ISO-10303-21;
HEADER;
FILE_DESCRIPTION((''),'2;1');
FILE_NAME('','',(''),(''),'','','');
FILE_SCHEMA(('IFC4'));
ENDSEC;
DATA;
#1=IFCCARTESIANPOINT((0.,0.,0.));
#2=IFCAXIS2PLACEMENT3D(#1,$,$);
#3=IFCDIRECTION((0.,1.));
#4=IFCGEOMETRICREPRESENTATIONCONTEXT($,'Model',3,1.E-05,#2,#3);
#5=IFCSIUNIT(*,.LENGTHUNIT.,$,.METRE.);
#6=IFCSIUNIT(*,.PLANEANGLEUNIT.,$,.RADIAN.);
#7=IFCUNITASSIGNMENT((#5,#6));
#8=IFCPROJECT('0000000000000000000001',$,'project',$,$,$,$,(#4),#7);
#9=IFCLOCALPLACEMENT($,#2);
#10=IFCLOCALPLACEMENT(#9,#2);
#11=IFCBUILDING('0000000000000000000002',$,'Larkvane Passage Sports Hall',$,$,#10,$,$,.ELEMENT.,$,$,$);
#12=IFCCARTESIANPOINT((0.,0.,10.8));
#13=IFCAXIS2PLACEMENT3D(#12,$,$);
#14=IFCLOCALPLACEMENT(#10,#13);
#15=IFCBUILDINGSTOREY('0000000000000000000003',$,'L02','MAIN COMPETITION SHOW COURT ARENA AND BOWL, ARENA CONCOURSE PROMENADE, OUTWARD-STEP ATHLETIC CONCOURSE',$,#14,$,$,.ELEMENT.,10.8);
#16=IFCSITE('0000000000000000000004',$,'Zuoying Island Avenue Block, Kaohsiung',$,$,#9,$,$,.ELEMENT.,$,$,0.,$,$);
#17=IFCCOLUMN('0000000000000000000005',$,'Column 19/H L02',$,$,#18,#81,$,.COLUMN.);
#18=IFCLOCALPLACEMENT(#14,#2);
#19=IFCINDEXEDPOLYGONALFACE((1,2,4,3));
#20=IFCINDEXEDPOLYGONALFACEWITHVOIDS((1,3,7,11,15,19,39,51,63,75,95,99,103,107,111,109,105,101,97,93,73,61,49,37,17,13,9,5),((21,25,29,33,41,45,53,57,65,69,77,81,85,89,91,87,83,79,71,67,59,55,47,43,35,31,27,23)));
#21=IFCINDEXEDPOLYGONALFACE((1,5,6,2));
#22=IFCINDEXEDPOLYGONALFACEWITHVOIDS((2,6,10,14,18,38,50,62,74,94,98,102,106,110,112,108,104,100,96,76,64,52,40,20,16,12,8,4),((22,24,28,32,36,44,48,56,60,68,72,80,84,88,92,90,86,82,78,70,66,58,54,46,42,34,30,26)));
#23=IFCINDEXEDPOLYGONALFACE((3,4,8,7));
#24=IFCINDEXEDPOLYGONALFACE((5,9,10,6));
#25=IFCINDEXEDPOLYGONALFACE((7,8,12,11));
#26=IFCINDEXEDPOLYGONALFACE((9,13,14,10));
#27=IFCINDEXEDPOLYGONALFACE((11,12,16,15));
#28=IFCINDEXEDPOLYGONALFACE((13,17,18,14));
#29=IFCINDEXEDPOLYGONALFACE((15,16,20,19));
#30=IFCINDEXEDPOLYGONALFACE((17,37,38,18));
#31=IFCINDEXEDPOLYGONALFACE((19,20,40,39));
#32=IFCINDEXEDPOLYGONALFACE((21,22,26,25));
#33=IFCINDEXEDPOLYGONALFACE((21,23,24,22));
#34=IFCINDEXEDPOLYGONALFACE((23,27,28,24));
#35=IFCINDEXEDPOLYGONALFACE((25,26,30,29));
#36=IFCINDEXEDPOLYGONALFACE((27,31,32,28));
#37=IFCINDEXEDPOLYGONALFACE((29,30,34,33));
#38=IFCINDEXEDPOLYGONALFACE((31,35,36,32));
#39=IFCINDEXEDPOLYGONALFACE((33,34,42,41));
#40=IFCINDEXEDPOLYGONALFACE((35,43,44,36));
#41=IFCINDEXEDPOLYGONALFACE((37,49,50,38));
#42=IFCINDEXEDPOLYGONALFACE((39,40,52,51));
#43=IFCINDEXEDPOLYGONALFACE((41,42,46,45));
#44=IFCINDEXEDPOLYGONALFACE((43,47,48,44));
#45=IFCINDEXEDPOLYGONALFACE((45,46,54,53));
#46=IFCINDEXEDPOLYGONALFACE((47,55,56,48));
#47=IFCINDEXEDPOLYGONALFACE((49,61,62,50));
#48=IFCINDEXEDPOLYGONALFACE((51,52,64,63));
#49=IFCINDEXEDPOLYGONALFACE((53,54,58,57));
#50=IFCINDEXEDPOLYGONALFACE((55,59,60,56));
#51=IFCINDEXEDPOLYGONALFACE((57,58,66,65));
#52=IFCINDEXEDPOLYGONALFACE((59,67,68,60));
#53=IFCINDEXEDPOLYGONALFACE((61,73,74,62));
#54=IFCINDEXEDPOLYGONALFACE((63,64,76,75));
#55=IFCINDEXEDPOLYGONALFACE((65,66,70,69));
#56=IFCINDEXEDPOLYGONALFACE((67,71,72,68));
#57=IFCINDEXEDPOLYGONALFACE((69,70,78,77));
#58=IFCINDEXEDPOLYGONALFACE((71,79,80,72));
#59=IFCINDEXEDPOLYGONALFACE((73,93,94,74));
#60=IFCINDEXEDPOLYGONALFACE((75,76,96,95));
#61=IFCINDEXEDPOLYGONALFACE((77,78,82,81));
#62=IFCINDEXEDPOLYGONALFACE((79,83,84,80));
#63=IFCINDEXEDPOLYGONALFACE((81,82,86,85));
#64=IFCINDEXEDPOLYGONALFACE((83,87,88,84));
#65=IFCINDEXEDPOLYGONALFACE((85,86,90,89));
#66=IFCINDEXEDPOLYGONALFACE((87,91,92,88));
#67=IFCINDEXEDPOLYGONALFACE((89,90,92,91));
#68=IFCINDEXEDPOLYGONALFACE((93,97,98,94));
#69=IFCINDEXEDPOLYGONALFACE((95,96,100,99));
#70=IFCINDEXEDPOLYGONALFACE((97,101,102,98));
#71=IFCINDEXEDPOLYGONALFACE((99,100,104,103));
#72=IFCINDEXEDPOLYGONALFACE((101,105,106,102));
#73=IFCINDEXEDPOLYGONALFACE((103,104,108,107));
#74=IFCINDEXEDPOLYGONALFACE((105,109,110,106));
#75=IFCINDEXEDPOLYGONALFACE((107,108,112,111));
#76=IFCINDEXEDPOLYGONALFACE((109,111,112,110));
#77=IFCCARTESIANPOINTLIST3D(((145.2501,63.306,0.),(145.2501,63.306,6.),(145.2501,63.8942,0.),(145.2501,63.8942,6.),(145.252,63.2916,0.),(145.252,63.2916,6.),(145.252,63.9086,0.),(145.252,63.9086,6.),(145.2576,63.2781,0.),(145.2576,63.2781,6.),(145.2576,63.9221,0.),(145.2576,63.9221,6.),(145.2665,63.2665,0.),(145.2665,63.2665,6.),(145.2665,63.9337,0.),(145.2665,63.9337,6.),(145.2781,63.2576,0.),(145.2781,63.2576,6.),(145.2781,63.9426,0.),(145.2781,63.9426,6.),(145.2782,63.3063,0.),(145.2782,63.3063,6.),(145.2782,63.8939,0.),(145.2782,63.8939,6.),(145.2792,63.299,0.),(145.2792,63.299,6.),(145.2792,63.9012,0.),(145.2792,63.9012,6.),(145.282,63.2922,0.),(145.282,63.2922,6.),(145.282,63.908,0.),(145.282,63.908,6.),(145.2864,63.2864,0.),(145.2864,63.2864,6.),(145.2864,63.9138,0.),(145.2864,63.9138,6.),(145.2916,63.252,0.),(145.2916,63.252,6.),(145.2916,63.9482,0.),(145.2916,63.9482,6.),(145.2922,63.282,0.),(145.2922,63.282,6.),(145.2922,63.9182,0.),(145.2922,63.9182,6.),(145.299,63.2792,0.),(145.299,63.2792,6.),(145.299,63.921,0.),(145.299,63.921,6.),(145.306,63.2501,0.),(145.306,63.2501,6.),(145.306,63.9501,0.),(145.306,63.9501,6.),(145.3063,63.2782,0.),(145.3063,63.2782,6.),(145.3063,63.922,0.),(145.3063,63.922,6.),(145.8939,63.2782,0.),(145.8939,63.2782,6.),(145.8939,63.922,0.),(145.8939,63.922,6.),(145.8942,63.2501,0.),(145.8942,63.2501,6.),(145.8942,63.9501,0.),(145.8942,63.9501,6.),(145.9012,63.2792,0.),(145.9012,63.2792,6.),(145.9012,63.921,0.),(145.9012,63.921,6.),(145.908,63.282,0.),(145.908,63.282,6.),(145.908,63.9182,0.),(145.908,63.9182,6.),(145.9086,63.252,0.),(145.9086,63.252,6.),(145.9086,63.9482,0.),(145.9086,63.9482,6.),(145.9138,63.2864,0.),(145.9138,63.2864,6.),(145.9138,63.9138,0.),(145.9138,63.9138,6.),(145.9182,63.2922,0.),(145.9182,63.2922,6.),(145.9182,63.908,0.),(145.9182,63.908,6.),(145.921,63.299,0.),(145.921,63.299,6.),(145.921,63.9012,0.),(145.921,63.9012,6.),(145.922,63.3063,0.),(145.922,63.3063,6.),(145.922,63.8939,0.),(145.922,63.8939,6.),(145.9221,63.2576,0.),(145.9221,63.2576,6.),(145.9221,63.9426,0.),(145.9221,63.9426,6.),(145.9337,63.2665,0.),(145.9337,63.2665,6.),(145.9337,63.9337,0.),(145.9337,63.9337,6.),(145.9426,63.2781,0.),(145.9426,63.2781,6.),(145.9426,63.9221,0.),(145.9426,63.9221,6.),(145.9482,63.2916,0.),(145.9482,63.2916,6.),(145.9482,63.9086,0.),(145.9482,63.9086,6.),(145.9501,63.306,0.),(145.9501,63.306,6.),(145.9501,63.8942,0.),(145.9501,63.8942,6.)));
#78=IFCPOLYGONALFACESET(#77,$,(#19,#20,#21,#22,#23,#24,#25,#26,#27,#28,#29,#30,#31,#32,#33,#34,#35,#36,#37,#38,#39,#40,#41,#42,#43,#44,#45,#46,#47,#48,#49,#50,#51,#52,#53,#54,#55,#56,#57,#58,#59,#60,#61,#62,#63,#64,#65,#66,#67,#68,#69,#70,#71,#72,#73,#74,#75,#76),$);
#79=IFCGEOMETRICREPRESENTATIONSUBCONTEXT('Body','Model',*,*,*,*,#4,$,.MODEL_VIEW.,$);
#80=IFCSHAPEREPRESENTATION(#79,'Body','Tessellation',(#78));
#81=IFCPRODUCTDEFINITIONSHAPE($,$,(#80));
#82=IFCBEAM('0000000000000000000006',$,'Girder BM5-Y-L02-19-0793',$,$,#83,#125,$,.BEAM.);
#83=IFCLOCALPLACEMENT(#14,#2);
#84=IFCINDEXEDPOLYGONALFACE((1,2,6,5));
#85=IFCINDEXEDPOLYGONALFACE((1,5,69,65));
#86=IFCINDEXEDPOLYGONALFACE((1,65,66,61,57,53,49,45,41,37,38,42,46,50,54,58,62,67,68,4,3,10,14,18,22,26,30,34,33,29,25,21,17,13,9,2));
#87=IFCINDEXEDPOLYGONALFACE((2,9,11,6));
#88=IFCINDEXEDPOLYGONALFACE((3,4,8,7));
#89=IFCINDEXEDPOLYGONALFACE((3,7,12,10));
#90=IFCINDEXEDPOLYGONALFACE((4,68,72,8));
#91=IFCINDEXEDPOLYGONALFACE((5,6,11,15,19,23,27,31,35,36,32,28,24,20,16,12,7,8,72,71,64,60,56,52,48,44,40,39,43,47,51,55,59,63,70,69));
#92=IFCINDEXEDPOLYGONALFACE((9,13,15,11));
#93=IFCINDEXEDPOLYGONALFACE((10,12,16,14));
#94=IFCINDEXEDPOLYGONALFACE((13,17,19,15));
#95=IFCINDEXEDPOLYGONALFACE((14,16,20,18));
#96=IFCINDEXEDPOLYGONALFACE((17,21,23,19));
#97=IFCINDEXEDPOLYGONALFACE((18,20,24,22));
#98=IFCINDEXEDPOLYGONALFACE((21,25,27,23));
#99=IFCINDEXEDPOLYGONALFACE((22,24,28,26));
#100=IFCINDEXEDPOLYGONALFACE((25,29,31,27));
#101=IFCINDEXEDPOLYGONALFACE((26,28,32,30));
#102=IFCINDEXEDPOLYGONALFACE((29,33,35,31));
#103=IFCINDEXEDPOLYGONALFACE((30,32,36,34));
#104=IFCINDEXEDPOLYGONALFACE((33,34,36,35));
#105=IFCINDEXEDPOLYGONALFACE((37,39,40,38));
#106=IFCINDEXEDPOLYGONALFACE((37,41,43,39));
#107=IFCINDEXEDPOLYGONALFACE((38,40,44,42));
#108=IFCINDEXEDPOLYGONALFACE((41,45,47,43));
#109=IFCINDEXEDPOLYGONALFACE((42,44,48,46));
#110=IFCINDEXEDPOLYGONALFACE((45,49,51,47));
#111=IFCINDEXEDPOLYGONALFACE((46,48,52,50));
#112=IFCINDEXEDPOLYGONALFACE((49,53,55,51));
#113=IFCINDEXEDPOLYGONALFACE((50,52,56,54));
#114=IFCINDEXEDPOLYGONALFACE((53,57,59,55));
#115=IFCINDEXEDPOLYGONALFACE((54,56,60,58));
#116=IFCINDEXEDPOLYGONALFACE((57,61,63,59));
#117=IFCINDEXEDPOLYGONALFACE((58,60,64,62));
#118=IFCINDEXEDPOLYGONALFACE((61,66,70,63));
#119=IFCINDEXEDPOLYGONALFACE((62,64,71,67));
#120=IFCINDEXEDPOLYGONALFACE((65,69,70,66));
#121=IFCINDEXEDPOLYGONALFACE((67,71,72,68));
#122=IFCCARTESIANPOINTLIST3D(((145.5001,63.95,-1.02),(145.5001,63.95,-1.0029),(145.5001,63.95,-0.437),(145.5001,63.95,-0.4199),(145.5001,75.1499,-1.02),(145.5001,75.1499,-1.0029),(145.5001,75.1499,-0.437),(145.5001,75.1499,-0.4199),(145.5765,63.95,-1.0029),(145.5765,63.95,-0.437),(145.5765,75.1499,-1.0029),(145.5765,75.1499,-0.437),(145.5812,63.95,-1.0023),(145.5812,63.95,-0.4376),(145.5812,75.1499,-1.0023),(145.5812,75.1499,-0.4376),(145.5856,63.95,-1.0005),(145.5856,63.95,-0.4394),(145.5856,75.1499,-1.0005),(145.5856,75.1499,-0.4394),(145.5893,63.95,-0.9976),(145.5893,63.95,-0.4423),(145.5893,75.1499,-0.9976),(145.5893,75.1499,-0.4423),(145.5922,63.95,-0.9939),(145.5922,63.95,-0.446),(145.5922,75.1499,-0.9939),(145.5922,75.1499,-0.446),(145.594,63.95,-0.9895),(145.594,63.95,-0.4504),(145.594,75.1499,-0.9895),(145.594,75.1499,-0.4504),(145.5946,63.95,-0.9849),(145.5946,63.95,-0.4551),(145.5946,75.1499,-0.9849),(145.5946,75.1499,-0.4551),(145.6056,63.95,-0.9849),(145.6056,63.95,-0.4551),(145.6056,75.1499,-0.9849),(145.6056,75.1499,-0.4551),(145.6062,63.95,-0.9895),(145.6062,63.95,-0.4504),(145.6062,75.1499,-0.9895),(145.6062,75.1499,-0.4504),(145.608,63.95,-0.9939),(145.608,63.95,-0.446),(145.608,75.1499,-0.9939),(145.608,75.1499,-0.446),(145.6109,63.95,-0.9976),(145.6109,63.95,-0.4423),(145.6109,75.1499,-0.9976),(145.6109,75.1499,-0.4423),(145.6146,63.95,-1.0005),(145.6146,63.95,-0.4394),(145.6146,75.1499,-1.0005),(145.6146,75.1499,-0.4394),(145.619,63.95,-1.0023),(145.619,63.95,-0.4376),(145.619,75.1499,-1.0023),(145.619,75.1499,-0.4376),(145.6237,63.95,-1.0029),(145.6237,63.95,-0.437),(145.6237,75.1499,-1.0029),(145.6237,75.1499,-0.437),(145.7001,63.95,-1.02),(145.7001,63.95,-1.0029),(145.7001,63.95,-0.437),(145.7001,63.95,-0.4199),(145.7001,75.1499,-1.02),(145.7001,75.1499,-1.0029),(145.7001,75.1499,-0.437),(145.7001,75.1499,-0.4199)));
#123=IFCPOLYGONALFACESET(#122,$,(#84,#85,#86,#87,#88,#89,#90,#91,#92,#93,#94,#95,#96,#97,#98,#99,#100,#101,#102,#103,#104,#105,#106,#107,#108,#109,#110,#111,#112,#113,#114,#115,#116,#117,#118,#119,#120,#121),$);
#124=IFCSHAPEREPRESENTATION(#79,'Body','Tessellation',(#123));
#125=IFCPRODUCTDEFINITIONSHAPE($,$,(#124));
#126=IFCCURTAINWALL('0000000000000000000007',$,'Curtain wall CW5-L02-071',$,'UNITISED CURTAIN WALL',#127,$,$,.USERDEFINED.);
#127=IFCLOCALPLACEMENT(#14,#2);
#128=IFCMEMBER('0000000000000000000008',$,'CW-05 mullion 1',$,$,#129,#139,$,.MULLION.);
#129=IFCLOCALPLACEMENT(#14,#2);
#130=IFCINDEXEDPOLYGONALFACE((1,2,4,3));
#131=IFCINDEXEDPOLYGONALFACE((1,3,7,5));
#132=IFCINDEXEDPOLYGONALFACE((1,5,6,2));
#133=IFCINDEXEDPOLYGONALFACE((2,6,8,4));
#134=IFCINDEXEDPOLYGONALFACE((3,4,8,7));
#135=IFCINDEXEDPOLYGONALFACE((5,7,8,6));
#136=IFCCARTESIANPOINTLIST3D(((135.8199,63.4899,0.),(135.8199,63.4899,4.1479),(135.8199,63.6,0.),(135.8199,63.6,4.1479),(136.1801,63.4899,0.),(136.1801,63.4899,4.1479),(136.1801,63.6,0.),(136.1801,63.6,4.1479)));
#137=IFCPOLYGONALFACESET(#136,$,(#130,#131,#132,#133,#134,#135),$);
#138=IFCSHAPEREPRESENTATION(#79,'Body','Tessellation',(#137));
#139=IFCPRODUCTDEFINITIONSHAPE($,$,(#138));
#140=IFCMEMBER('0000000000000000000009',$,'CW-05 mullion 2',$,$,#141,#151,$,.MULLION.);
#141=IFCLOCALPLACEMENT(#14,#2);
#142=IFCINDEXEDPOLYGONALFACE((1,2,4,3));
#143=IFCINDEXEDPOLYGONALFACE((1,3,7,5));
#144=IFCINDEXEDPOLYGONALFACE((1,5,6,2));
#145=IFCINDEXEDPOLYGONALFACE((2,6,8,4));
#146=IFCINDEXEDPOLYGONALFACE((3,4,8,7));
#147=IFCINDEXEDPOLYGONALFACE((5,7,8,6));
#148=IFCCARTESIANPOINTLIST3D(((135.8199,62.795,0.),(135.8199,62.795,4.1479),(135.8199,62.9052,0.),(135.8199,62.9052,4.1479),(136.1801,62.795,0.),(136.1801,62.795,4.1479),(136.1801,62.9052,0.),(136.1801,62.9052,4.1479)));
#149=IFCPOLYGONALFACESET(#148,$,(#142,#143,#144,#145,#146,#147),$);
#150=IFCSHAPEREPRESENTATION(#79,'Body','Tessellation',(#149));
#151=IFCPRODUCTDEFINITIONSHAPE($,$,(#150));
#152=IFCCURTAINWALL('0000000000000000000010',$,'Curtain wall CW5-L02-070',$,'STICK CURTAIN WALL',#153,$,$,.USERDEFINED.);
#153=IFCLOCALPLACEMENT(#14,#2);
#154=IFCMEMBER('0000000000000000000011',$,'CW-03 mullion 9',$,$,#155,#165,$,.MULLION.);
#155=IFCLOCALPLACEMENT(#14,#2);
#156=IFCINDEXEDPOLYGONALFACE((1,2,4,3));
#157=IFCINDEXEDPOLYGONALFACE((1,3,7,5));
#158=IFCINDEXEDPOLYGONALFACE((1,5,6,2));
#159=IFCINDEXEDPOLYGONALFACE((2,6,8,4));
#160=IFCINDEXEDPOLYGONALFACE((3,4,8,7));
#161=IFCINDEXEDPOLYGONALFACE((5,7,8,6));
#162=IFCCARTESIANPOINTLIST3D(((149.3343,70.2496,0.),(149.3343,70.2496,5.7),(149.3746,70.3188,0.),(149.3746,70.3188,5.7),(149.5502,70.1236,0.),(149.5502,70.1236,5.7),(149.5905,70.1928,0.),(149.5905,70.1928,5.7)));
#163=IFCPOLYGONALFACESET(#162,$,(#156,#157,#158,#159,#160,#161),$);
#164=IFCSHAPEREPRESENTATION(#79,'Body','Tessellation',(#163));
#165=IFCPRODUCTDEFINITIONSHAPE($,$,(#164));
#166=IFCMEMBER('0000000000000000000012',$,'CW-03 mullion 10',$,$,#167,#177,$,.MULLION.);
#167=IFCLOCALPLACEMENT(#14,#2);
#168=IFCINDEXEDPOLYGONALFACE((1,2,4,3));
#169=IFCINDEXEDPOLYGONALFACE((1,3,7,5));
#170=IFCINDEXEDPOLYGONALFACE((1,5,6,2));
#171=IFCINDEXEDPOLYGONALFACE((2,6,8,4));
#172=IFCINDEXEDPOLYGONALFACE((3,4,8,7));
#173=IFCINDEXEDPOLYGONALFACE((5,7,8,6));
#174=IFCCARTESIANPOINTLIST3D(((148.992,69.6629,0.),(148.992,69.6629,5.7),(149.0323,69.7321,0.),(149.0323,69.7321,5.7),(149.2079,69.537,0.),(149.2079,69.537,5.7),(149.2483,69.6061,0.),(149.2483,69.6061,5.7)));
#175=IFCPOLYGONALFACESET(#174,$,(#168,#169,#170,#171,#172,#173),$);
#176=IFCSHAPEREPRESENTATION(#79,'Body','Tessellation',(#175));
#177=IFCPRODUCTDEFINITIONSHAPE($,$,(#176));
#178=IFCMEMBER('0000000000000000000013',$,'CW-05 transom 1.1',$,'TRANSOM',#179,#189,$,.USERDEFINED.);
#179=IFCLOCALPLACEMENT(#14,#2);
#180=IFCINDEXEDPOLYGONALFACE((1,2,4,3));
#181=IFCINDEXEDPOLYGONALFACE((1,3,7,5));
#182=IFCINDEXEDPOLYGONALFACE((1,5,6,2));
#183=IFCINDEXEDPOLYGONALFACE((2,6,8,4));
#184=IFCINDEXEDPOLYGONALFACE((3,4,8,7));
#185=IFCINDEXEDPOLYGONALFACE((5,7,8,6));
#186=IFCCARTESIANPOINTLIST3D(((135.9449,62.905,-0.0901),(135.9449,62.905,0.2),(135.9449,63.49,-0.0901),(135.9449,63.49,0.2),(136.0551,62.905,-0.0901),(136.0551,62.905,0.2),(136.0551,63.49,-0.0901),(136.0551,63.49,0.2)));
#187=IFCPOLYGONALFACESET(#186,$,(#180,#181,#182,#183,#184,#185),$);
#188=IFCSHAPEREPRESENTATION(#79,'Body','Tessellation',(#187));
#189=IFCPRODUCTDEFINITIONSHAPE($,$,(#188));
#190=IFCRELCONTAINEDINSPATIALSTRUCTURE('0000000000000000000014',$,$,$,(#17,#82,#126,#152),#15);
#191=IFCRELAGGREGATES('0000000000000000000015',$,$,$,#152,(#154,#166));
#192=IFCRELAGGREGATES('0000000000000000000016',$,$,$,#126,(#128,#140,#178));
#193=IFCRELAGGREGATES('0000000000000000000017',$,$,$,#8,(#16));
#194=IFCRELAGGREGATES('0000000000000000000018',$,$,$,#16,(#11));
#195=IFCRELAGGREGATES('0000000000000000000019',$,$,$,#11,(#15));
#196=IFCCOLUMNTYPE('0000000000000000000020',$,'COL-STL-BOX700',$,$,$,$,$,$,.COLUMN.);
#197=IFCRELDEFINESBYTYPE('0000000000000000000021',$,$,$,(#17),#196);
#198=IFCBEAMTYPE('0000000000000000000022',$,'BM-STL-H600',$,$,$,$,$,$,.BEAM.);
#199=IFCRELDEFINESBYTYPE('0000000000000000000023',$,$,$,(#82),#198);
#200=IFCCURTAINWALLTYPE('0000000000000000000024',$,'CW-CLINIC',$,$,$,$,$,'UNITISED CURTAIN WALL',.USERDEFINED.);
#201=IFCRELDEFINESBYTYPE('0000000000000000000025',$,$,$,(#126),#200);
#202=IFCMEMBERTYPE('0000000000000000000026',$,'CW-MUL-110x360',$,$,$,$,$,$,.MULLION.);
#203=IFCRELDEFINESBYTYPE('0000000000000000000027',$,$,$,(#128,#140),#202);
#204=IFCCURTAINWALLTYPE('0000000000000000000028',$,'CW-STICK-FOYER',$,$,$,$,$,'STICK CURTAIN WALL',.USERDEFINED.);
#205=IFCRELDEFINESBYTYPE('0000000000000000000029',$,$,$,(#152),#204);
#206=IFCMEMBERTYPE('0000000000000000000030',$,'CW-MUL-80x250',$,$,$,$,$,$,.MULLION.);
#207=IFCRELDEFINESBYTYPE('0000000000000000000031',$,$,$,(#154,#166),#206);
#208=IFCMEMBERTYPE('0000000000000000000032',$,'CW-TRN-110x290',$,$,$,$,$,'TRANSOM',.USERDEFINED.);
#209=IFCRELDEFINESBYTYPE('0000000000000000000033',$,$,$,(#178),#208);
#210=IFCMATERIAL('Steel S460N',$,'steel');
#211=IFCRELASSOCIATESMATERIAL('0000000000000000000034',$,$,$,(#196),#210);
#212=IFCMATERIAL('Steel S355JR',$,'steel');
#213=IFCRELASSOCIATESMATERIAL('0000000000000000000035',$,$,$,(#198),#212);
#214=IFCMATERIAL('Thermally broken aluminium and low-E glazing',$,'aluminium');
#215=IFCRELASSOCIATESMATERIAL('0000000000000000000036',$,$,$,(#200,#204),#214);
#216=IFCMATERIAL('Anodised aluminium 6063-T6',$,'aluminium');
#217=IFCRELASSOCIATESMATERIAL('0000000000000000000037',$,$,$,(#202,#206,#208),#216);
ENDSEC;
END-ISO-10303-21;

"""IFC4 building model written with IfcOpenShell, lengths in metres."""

from ifc_helpers import new_model, si_unit, direction, frame, origin, origin_2d, place, context, subcontext, project, spatial, rectangle, hollow_rectangle, i_section, extrude, material, material_profile, profile_set, type_object, element, aggregate, save


model = new_model("IFC4")

# Units and contexts
model_context = context("Model", 3, precision=1e-05, world=origin(), true_north=direction((0.0, 1.0)))
body_context = subcontext(model_context, "Body", "Model", "MODEL_VIEW")
ifc_project = project(units=[si_unit("LENGTHUNIT", "METRE"), si_unit("PLANEANGLEUNIT", "RADIAN")], contexts=[model_context])

# Site, building, storey
site_placement = place(None, origin())
site = spatial("IfcSite", under=ifc_project, at=site_placement, Name="Zuoying Island Avenue Block, Kaohsiung", CompositionType="ELEMENT", RefElevation=0.0)
building_placement = place(site_placement, origin())
building = spatial("IfcBuilding", under=site, at=building_placement, Name="Larkvane Passage Sports Hall", CompositionType="ELEMENT")
storey_placement = place(building_placement, frame((0.0, 0.0, 10.8)))
storey = spatial("IfcBuildingStorey", under=building, at=storey_placement, Name="L02", Description="MAIN COMPETITION SHOW COURT ARENA AND BOWL, ARENA CONCOURSE PROMENADE, OUTWARD-STEP ATHLETIC CONCOURSE", CompositionType="ELEMENT", Elevation=10.8)

# Column
ifc_material_1 = material(Name="Steel S460N", Category="steel")
ifc_material_profile_1 = material_profile(ifc_material_1, hollow_rectangle(XDim=0.7, YDim=0.7, WallThickness=0.0281, InnerFilletRadius=0.0281, OuterFilletRadius=0.0559, at=origin_2d()), Name="BOX-700x700x28")
ifc_profile_set_1 = profile_set([ifc_material_profile_1], Name="Steel S460N")
column_type = type_object("IfcColumnType", Name="COL-STL-BOX700", PredefinedType="COLUMN", material=ifc_profile_set_1)
column_placement = place(storey_placement, frame((145.6001, 63.6001, 0.0), z_axis=(0.0, 0.0, 1.0), x_axis=(1.0, 0.0, 0.0)))
element("IfcColumn", 1, at=column_placement, inside=storey, type_object=column_type, Name="Column 19/H L02", PredefinedType="COLUMN", context=body_context, shape_type="SweptSolid", body=[
    extrude(hollow_rectangle(XDim=0.7, YDim=0.7, WallThickness=0.0281, InnerFilletRadius=0.0281, OuterFilletRadius=0.0559, at=origin_2d()), origin(), (0.0, 0.0, 1.0), 6.0),
])

# Beam
ifc_material_2 = material(Name="Steel S355JR", Category="steel")
ifc_material_profile_2 = material_profile(ifc_material_2, i_section(OverallWidth=0.2, OverallDepth=0.6001, WebThickness=0.011, FlangeThickness=0.0171, FilletRadius=0.0181, at=origin_2d()), Name="H-600x200x11x17")
ifc_profile_set_2 = profile_set([ifc_material_profile_2], Name="Steel S355JR")
beam_type = type_object("IfcBeamType", Name="BM-STL-H600", PredefinedType="BEAM", material=ifc_profile_set_2)
beam_placement = place(storey_placement, frame((145.6001, 63.95, -0.72), z_axis=(0.0, 1.0, 0.0), x_axis=(-1.0, 0.0, 0.0)))
element("IfcBeam", 2, at=beam_placement, inside=storey, type_object=beam_type, Name="Girder BM5-Y-L02-19-0793", PredefinedType="BEAM", context=body_context, shape_type="SweptSolid", body=[
    extrude(i_section(OverallWidth=0.2, OverallDepth=0.6001, WebThickness=0.011, FlangeThickness=0.0171, FilletRadius=0.0181, at=origin_2d()), origin(), (0.0, 0.0, 1.0), 11.2),
])

# Curtain walls, members
ifc_material_3 = material(Name="Thermally broken aluminium and low-E glazing", Category="aluminium")
curtain_wall_type_1 = type_object("IfcCurtainWallType", Name="CW-CLINIC", ElementType="UNITISED CURTAIN WALL", PredefinedType="USERDEFINED", material=ifc_material_3)
curtain_wall_1_placement = place(storey_placement, origin())
curtain_wall_1 = element("IfcCurtainWall", 3, at=curtain_wall_1_placement, inside=storey, type_object=curtain_wall_type_1, Name="Curtain wall CW5-L02-071", ObjectType="UNITISED CURTAIN WALL", PredefinedType="USERDEFINED")
ifc_material_4 = material(Name="Anodised aluminium 6063-T6", Category="aluminium")
ifc_material_profile_3 = material_profile(ifc_material_4, rectangle(XDim=0.1101, YDim=0.3601, at=origin_2d()), Name="ALU-MUL-110x360")
ifc_profile_set_3 = profile_set([ifc_material_profile_3], Name="Anodised aluminium 6063-T6")
member_type_1 = type_object("IfcMemberType", Name="CW-MUL-110x360", PredefinedType="MULLION", material=ifc_profile_set_3)
member_1_placement = place(storey_placement, frame((136.0, 63.5449, 0.0), z_axis=(0.0, 0.0, 1.0), x_axis=(0.0, -1.0, 0.0)))
member_1 = element("IfcMember", 4, at=member_1_placement, type_object=member_type_1, Name="CW-05 mullion 1", PredefinedType="MULLION", context=body_context, shape_type="SweptSolid", body=[
    extrude(rectangle(XDim=0.1101, YDim=0.3601, at=origin_2d()), origin(), (0.0, 0.0, 1.0), 4.1479),
])
member_2_placement = place(storey_placement, frame((136.0, 62.8501, 0.0), z_axis=(0.0, 0.0, 1.0), x_axis=(0.0, -1.0, 0.0)))
member_2 = element("IfcMember", 5, at=member_2_placement, type_object=member_type_1, Name="CW-05 mullion 2", PredefinedType="MULLION", context=body_context, shape_type="SweptSolid", body=[
    extrude(rectangle(XDim=0.1101, YDim=0.3601, at=origin_2d()), origin(), (0.0, 0.0, 1.0), 4.1479),
])
curtain_wall_type_2 = type_object("IfcCurtainWallType", Name="CW-STICK-FOYER", ElementType="STICK CURTAIN WALL", PredefinedType="USERDEFINED", material=ifc_material_3)
curtain_wall_2_placement = place(storey_placement, origin())
curtain_wall_2 = element("IfcCurtainWall", 6, at=curtain_wall_2_placement, inside=storey, type_object=curtain_wall_type_2, Name="Curtain wall CW5-L02-070", ObjectType="STICK CURTAIN WALL", PredefinedType="USERDEFINED")
ifc_material_profile_4 = material_profile(ifc_material_4, rectangle(XDim=0.0801, YDim=0.25, at=origin_2d()), Name="ALU-MUL-80x250")
ifc_profile_set_4 = profile_set([ifc_material_profile_4], Name="Anodised aluminium 6063-T6")
member_type_2 = type_object("IfcMemberType", Name="CW-MUL-80x250", PredefinedType="MULLION", material=ifc_profile_set_4)
member_3_placement = place(storey_placement, frame((149.4624, 70.2212, 0.0), z_axis=(0.0, 0.0, 1.0), x_axis=(-0.503867, -0.863781, 0.0)))
member_3 = element("IfcMember", 7, at=member_3_placement, type_object=member_type_2, Name="CW-03 mullion 9", PredefinedType="MULLION", context=body_context, shape_type="SweptSolid", body=[
    extrude(rectangle(XDim=0.0801, YDim=0.25, at=origin_2d()), origin(), (0.0, 0.0, 1.0), 5.7),
])
member_4_placement = place(storey_placement, frame((149.1201, 69.6345, 0.0), z_axis=(0.0, 0.0, 1.0), x_axis=(-0.503867, -0.863781, 0.0)))
member_4 = element("IfcMember", 8, at=member_4_placement, type_object=member_type_2, Name="CW-03 mullion 10", PredefinedType="MULLION", context=body_context, shape_type="SweptSolid", body=[
    extrude(rectangle(XDim=0.0801, YDim=0.25, at=origin_2d()), origin(), (0.0, 0.0, 1.0), 5.7),
])

# Member
ifc_material_profile_5 = material_profile(ifc_material_4, rectangle(XDim=0.1101, YDim=0.29, at=origin_2d()), Name="ALU-TRN-110x290")
ifc_profile_set_5 = profile_set([ifc_material_profile_5], Name="Anodised aluminium 6063-T6")
member_type_3 = type_object("IfcMemberType", Name="CW-TRN-110x290", ElementType="TRANSOM", PredefinedType="USERDEFINED", material=ifc_profile_set_5)
member_5_placement = place(storey_placement, frame((136.0, 63.49, 0.0549), z_axis=(0.0, -1.0, 0.0), x_axis=(1.0, 0.0, 0.0)))
member_5 = element("IfcMember", 9, at=member_5_placement, type_object=member_type_3, Name="CW-05 transom 1.1", ObjectType="TRANSOM", PredefinedType="USERDEFINED", context=body_context, shape_type="SweptSolid", body=[
    extrude(rectangle(XDim=0.1101, YDim=0.29, at=origin_2d()), origin(), (0.0, 0.0, 1.0), 0.585),
])

aggregate(curtain_wall_2, [member_3, member_4])
aggregate(curtain_wall_1, [member_1, member_2, member_5])

save(model, "model.ifc")
